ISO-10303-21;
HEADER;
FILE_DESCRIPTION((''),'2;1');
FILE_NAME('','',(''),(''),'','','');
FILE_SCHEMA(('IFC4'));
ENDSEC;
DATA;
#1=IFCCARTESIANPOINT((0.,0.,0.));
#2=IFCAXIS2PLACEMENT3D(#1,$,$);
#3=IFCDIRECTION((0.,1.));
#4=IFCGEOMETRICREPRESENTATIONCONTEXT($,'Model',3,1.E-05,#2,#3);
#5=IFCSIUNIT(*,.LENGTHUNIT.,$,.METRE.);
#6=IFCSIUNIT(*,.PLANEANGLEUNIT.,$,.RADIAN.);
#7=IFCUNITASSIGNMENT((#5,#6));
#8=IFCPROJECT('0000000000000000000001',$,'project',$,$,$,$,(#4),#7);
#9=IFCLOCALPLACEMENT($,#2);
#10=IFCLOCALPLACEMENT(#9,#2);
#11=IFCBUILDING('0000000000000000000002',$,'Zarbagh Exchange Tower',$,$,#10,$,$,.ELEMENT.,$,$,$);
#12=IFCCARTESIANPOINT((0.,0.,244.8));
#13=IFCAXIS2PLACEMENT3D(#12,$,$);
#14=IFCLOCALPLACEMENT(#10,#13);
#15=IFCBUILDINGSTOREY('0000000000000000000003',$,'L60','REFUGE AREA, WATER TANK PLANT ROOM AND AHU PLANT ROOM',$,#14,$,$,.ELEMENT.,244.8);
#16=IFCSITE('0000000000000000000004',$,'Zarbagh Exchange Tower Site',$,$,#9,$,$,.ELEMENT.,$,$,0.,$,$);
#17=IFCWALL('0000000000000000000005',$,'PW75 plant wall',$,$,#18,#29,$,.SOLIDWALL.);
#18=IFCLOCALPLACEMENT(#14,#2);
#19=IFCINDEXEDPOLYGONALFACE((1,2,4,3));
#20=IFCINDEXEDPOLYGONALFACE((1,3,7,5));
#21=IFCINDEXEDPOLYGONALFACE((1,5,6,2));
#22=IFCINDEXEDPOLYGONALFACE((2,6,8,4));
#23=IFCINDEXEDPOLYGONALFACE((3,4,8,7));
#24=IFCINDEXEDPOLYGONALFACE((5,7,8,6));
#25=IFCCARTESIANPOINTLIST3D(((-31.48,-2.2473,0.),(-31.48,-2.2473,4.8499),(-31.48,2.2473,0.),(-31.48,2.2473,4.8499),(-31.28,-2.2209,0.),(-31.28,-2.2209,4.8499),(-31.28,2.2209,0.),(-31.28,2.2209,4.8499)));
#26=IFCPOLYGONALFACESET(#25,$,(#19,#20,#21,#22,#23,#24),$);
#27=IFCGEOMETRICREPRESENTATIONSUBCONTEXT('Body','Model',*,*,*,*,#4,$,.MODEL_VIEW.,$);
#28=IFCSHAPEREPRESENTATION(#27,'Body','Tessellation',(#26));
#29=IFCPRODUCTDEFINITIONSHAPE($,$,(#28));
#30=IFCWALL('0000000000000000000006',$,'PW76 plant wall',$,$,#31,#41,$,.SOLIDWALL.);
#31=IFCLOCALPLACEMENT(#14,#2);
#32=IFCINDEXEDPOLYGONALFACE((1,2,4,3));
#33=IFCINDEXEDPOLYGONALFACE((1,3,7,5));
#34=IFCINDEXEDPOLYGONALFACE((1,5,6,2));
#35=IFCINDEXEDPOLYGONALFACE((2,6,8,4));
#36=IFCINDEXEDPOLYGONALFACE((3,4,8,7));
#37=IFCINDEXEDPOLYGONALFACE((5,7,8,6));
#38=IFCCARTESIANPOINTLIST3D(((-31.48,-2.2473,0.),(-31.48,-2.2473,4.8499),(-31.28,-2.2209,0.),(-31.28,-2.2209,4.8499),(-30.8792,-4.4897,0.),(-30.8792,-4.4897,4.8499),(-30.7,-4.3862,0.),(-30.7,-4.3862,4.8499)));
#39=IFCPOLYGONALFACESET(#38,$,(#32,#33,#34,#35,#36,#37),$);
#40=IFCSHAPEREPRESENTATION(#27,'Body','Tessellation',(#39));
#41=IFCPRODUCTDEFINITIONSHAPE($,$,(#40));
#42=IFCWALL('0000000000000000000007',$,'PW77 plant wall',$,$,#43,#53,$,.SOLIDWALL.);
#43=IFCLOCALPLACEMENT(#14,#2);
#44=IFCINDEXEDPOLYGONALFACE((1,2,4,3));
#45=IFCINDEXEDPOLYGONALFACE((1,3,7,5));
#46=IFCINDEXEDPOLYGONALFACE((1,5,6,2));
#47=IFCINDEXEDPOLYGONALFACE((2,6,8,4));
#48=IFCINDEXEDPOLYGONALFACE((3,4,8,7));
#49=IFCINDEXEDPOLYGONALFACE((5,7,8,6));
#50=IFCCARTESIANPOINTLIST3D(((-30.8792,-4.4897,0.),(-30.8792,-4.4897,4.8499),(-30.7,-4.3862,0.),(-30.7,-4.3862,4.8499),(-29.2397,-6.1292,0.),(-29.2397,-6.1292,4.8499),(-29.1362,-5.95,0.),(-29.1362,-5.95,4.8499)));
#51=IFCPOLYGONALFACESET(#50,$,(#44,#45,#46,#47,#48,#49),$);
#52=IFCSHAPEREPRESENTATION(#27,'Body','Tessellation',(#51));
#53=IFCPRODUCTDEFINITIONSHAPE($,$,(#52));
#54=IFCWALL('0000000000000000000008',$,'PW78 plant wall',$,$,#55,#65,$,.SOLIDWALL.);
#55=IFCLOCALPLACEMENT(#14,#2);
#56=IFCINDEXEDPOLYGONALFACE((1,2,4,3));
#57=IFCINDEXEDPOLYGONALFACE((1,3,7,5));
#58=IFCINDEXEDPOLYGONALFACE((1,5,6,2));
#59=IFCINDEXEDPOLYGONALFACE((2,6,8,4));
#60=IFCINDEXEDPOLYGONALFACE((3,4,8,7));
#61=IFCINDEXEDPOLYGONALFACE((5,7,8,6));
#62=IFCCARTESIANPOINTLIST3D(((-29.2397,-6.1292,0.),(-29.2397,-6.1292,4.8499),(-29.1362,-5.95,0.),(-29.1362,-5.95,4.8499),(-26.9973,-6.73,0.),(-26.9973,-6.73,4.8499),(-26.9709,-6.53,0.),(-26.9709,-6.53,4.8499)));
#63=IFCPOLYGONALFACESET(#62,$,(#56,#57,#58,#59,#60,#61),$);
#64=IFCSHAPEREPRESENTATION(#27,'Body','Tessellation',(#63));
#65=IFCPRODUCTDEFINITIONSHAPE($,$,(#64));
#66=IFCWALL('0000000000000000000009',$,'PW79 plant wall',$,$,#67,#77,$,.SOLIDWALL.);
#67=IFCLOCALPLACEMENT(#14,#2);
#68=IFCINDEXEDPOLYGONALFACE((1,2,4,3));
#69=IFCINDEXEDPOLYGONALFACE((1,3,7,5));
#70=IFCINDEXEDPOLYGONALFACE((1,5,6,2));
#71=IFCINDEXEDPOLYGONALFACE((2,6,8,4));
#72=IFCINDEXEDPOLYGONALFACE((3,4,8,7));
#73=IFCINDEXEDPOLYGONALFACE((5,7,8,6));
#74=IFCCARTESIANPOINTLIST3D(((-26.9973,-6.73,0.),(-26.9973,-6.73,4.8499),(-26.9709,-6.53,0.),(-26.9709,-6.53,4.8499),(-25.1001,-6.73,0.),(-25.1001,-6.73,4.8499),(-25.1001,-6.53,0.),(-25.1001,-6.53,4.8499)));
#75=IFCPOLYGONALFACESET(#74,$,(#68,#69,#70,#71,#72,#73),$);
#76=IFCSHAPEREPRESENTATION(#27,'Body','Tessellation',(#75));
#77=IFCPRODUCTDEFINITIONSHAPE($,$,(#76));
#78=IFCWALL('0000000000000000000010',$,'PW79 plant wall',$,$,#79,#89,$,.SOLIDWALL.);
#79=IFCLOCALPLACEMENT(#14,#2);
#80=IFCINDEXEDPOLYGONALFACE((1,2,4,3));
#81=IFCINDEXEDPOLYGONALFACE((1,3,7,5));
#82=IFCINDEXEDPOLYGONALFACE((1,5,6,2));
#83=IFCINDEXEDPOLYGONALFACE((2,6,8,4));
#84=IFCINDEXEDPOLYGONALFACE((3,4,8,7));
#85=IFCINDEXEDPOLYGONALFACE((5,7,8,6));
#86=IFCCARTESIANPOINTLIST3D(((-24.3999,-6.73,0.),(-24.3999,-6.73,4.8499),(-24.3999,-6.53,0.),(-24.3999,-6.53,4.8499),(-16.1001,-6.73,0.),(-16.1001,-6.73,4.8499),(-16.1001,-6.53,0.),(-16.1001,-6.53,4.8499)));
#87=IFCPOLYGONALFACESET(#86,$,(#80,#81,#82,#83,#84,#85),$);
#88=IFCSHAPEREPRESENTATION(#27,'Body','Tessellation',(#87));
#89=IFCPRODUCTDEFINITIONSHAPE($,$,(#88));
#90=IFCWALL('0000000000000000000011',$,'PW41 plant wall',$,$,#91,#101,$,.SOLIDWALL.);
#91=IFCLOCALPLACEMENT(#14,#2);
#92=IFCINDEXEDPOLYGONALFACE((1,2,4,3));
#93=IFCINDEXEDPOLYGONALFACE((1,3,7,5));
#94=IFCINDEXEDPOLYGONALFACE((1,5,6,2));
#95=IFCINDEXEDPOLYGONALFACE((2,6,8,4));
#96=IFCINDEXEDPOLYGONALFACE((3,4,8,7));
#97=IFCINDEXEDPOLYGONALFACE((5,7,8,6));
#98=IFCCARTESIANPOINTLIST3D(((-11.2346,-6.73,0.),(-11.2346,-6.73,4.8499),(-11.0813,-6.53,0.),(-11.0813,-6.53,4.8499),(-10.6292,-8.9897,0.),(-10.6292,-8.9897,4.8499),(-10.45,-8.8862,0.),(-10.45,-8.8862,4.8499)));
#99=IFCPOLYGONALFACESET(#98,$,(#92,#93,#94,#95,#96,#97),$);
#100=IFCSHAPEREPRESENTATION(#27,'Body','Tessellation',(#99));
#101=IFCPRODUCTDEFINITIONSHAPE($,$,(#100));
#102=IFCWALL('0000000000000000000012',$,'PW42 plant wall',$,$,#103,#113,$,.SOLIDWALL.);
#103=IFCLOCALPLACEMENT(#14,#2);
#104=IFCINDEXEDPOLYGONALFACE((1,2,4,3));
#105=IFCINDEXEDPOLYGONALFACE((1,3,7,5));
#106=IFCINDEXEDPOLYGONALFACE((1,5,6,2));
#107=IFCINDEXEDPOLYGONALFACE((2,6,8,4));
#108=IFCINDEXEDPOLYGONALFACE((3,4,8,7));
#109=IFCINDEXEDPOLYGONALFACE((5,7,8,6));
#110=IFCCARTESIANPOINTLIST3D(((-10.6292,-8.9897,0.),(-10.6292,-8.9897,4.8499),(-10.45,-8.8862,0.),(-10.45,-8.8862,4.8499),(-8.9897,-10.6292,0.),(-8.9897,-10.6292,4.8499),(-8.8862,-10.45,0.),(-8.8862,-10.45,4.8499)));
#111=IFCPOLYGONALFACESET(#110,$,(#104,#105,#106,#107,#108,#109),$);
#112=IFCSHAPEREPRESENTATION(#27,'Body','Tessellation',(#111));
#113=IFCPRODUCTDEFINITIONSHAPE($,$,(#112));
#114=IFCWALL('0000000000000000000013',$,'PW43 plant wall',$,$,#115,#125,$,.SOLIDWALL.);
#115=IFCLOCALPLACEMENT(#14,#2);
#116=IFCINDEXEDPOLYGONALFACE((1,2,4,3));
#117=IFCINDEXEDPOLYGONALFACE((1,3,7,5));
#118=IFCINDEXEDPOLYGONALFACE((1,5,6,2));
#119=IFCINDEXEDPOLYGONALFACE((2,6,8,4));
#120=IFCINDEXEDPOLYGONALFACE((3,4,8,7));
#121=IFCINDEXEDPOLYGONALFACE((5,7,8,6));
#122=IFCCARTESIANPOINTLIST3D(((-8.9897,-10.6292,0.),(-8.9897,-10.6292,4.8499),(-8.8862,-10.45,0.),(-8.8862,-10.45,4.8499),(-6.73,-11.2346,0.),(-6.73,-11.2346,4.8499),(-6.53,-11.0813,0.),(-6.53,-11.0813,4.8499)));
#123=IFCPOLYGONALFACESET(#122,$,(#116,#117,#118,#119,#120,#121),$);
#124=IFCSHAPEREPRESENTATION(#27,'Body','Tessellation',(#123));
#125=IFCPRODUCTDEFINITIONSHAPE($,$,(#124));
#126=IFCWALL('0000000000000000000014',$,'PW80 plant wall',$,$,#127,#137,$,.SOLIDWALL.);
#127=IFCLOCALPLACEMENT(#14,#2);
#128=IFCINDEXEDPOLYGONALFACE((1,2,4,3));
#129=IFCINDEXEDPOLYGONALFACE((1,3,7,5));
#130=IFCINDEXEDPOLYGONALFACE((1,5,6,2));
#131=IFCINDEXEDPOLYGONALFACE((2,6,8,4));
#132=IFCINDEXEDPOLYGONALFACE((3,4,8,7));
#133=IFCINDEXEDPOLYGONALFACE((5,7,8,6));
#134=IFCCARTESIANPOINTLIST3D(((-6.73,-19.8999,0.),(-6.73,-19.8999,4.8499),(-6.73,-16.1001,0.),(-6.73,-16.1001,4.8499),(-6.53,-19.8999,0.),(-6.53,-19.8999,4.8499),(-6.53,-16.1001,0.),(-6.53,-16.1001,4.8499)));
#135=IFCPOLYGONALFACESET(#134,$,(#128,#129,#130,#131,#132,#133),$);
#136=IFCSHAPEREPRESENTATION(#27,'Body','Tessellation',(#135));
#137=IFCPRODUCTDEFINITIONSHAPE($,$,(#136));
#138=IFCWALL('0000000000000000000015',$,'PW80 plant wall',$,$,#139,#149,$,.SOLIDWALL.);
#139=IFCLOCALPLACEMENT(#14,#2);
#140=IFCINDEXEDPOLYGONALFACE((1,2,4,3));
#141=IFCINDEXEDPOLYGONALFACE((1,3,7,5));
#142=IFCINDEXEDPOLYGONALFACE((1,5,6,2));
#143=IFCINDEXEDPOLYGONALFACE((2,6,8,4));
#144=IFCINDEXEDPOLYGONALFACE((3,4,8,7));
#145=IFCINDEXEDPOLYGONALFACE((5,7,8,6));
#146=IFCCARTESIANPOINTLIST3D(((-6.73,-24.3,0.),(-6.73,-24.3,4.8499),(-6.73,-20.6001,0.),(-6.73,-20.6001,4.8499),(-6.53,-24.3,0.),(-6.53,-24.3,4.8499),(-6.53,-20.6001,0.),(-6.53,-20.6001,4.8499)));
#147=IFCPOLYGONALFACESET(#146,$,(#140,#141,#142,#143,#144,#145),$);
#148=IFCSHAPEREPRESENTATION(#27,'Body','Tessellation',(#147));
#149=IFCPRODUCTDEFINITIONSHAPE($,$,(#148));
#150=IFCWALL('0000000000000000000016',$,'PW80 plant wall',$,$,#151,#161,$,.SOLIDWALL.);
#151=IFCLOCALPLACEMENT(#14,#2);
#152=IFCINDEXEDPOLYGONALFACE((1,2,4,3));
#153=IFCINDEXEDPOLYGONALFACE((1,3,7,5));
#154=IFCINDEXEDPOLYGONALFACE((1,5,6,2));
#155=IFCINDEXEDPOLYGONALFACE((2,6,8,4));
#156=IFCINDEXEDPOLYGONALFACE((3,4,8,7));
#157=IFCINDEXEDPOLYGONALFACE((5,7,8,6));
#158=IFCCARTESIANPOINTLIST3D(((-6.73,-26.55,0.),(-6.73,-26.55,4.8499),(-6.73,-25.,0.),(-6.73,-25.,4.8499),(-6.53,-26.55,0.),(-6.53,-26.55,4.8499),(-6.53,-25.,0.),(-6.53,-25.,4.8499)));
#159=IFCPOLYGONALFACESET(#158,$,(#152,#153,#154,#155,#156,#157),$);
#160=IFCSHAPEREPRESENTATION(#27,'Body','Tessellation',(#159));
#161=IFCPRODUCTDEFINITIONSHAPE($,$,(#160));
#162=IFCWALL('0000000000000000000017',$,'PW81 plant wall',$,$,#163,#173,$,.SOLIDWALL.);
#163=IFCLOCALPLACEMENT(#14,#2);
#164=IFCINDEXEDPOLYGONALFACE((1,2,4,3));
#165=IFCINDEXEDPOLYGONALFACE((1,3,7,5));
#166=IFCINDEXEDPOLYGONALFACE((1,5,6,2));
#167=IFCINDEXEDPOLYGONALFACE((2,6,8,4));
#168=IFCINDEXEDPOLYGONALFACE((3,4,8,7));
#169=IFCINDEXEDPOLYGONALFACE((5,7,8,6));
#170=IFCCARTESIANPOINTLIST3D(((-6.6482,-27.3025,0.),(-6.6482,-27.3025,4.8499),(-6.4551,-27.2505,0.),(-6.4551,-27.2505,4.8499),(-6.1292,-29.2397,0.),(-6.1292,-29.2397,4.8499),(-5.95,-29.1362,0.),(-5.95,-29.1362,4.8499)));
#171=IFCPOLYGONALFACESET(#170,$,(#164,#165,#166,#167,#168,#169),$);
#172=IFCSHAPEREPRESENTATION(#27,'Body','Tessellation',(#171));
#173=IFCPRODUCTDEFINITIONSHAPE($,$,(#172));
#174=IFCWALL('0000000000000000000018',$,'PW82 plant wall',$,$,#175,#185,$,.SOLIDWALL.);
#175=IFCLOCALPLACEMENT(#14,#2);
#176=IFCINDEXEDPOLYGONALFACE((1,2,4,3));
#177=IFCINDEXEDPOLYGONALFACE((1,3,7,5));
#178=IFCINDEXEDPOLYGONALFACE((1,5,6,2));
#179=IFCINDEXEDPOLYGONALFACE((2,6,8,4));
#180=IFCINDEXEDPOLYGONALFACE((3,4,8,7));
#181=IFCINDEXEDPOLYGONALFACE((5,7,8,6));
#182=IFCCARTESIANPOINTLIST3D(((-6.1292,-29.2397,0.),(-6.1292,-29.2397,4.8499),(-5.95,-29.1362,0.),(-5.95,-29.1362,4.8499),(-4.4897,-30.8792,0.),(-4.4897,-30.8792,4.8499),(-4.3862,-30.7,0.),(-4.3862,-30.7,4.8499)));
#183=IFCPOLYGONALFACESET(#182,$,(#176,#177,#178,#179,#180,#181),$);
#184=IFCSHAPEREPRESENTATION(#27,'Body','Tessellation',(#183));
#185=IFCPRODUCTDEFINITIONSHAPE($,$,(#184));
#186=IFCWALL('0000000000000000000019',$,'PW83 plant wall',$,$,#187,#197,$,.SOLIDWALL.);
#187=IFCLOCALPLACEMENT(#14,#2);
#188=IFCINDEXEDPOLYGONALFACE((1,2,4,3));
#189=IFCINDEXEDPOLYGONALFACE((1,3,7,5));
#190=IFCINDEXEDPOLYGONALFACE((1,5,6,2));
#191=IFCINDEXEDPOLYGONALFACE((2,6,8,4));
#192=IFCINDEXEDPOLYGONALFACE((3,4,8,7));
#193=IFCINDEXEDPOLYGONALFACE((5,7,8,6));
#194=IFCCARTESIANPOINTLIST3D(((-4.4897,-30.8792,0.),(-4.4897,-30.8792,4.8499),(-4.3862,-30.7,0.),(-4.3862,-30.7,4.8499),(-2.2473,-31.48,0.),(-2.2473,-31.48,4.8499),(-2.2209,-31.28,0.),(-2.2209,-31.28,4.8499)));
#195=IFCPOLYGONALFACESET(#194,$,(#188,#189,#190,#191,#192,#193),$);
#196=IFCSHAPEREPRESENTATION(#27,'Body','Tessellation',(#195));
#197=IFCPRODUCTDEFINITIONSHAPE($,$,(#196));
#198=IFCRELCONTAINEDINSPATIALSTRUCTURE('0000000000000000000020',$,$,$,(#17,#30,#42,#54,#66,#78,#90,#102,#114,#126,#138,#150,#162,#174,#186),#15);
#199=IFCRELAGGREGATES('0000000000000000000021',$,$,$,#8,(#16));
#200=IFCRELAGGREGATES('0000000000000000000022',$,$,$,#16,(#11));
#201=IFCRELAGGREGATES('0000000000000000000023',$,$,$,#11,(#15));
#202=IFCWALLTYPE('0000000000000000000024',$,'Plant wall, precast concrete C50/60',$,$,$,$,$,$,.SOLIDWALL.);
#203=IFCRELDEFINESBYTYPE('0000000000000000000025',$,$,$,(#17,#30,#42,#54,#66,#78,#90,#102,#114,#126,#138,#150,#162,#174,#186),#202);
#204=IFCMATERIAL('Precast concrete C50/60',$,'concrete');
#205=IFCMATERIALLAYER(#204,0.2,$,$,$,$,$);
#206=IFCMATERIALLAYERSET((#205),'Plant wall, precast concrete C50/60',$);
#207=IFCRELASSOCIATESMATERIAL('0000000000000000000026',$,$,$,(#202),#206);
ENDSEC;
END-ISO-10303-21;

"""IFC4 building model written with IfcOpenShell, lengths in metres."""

from ifc_helpers import new_model, si_unit, direction, frame, origin, place, context, subcontext, project, spatial, polyline, outline, extrude, material, layer, layer_set, type_object, element, save


model = new_model("IFC4")

# Units and contexts
model_context = context("Model", 3, precision=1e-05, world=origin(), true_north=direction((0.0, 1.0)))
body_context = subcontext(model_context, "Body", "Model", "MODEL_VIEW")
ifc_project = project(units=[si_unit("LENGTHUNIT", "METRE"), si_unit("PLANEANGLEUNIT", "RADIAN")], contexts=[model_context])

# Site, building, storey
site_placement = place(None, origin())
site = spatial("IfcSite", under=ifc_project, at=site_placement, Name="Zarbagh Exchange Tower Site", CompositionType="ELEMENT", RefElevation=0.0)
building_placement = place(site_placement, origin())
building = spatial("IfcBuilding", under=site, at=building_placement, Name="Zarbagh Exchange Tower", CompositionType="ELEMENT")
storey_placement = place(building_placement, frame((0.0, 0.0, 244.8)))
storey = spatial("IfcBuildingStorey", under=building, at=storey_placement, Name="L60", Description="REFUGE AREA, WATER TANK PLANT ROOM AND AHU PLANT ROOM", CompositionType="ELEMENT", Elevation=244.8)

# Walls
ifc_material_1 = material(Name="Precast concrete C50/60", Category="concrete")
ifc_layer_1 = layer(ifc_material_1, 0.2)
ifc_layer_set_1 = layer_set([ifc_layer_1], Name="Plant wall, precast concrete C50/60")
wall_type = type_object("IfcWallType", Name="Plant wall, precast concrete C50/60", PredefinedType="SOLIDWALL", material=ifc_layer_set_1)
wall_1_placement = place(storey_placement, origin())
element("IfcWall", 1, at=wall_1_placement, inside=storey, type_object=wall_type, Name="PW75 plant wall", PredefinedType="SOLIDWALL", context=body_context, shape_type="SweptSolid", body=[
    extrude(outline(polyline([(-31.48, 2.2473), (-31.48, -2.2473), (-31.28, -2.2209), (-31.28, 2.2209), (-31.48, 2.2473)])), origin(), (0.0, 0.0, 1.0), 4.8499),
])
wall_2_placement = place(storey_placement, origin())
element("IfcWall", 2, at=wall_2_placement, inside=storey, type_object=wall_type, Name="PW76 plant wall", PredefinedType="SOLIDWALL", context=body_context, shape_type="SweptSolid", body=[
    extrude(outline(polyline([(-31.48, -2.2473), (-30.8792, -4.4897), (-30.7, -4.3862), (-31.28, -2.2209), (-31.48, -2.2473)])), origin(), (0.0, 0.0, 1.0), 4.8499),
])
wall_3_placement = place(storey_placement, origin())
element("IfcWall", 3, at=wall_3_placement, inside=storey, type_object=wall_type, Name="PW77 plant wall", PredefinedType="SOLIDWALL", context=body_context, shape_type="SweptSolid", body=[
    extrude(outline(polyline([(-30.8792, -4.4897), (-29.2397, -6.1292), (-29.1362, -5.95), (-30.7, -4.3862), (-30.8792, -4.4897)])), origin(), (0.0, 0.0, 1.0), 4.8499),
])
wall_4_placement = place(storey_placement, origin())
element("IfcWall", 4, at=wall_4_placement, inside=storey, type_object=wall_type, Name="PW78 plant wall", PredefinedType="SOLIDWALL", context=body_context, shape_type="SweptSolid", body=[
    extrude(outline(polyline([(-29.2397, -6.1292), (-26.9973, -6.73), (-26.9709, -6.53), (-29.1362, -5.95), (-29.2397, -6.1292)])), origin(), (0.0, 0.0, 1.0), 4.8499),
])
wall_5_placement = place(storey_placement, origin())
element("IfcWall", 5, at=wall_5_placement, inside=storey, type_object=wall_type, Name="PW79 plant wall", PredefinedType="SOLIDWALL", context=body_context, shape_type="SweptSolid", body=[
    extrude(outline(polyline([(-26.9973, -6.73), (-25.1001, -6.73), (-25.1001, -6.53), (-26.9709, -6.53), (-26.9973, -6.73)])), origin(), (0.0, 0.0, 1.0), 4.8499),
])
wall_6_placement = place(storey_placement, origin())
element("IfcWall", 6, at=wall_6_placement, inside=storey, type_object=wall_type, Name="PW79 plant wall", PredefinedType="SOLIDWALL", context=body_context, shape_type="SweptSolid", body=[
    extrude(outline(polyline([(-24.3999, -6.73), (-16.1001, -6.73), (-16.1001, -6.53), (-24.3999, -6.53), (-24.3999, -6.73)])), origin(), (0.0, 0.0, 1.0), 4.8499),
])
wall_7_placement = place(storey_placement, origin())
element("IfcWall", 7, at=wall_7_placement, inside=storey, type_object=wall_type, Name="PW41 plant wall", PredefinedType="SOLIDWALL", context=body_context, shape_type="SweptSolid", body=[
    extrude(outline(polyline([(-11.2346, -6.73), (-10.6292, -8.9897), (-10.45, -8.8862), (-11.0813, -6.53), (-11.2346, -6.73)])), origin(), (0.0, 0.0, 1.0), 4.8499),
])
wall_8_placement = place(storey_placement, origin())
element("IfcWall", 8, at=wall_8_placement, inside=storey, type_object=wall_type, Name="PW42 plant wall", PredefinedType="SOLIDWALL", context=body_context, shape_type="SweptSolid", body=[
    extrude(outline(polyline([(-10.6292, -8.9897), (-8.9897, -10.6292), (-8.8862, -10.45), (-10.45, -8.8862), (-10.6292, -8.9897)])), origin(), (0.0, 0.0, 1.0), 4.8499),
])
wall_9_placement = place(storey_placement, origin())
element("IfcWall", 9, at=wall_9_placement, inside=storey, type_object=wall_type, Name="PW43 plant wall", PredefinedType="SOLIDWALL", context=body_context, shape_type="SweptSolid", body=[
    extrude(outline(polyline([(-8.9897, -10.6292), (-6.73, -11.2346), (-6.53, -11.0813), (-8.8862, -10.45), (-8.9897, -10.6292)])), origin(), (0.0, 0.0, 1.0), 4.8499),
])
wall_10_placement = place(storey_placement, origin())
element("IfcWall", 10, at=wall_10_placement, inside=storey, type_object=wall_type, Name="PW80 plant wall", PredefinedType="SOLIDWALL", context=body_context, shape_type="SweptSolid", body=[
    extrude(outline(polyline([(-6.73, -16.1001), (-6.73, -19.8999), (-6.53, -19.8999), (-6.53, -16.1001), (-6.73, -16.1001)])), origin(), (0.0, 0.0, 1.0), 4.8499),
])
wall_11_placement = place(storey_placement, origin())
element("IfcWall", 11, at=wall_11_placement, inside=storey, type_object=wall_type, Name="PW80 plant wall", PredefinedType="SOLIDWALL", context=body_context, shape_type="SweptSolid", body=[
    extrude(outline(polyline([(-6.73, -20.6001), (-6.73, -24.3), (-6.53, -24.3), (-6.53, -20.6001), (-6.73, -20.6001)])), origin(), (0.0, 0.0, 1.0), 4.8499),
])
wall_12_placement = place(storey_placement, origin())
element("IfcWall", 12, at=wall_12_placement, inside=storey, type_object=wall_type, Name="PW80 plant wall", PredefinedType="SOLIDWALL", context=body_context, shape_type="SweptSolid", body=[
    extrude(outline(polyline([(-6.73, -25.0), (-6.73, -26.55), (-6.53, -26.55), (-6.53, -25.0), (-6.73, -25.0)])), origin(), (0.0, 0.0, 1.0), 4.8499),
])
wall_13_placement = place(storey_placement, origin())
element("IfcWall", 13, at=wall_13_placement, inside=storey, type_object=wall_type, Name="PW81 plant wall", PredefinedType="SOLIDWALL", context=body_context, shape_type="SweptSolid", body=[
    extrude(outline(polyline([(-6.6482, -27.3025), (-6.1292, -29.2397), (-5.95, -29.1362), (-6.4551, -27.2505), (-6.6482, -27.3025)])), origin(), (0.0, 0.0, 1.0), 4.8499),
])
wall_14_placement = place(storey_placement, origin())
element("IfcWall", 14, at=wall_14_placement, inside=storey, type_object=wall_type, Name="PW82 plant wall", PredefinedType="SOLIDWALL", context=body_context, shape_type="SweptSolid", body=[
    extrude(outline(polyline([(-6.1292, -29.2397), (-4.4897, -30.8792), (-4.3862, -30.7), (-5.95, -29.1362), (-6.1292, -29.2397)])), origin(), (0.0, 0.0, 1.0), 4.8499),
])
wall_15_placement = place(storey_placement, origin())
element("IfcWall", 15, at=wall_15_placement, inside=storey, type_object=wall_type, Name="PW83 plant wall", PredefinedType="SOLIDWALL", context=body_context, shape_type="SweptSolid", body=[
    extrude(outline(polyline([(-4.4897, -30.8792), (-2.2473, -31.48), (-2.2209, -31.28), (-4.3862, -30.7), (-4.4897, -30.8792)])), origin(), (0.0, 0.0, 1.0), 4.8499),
])

save(model, "model.ifc")
